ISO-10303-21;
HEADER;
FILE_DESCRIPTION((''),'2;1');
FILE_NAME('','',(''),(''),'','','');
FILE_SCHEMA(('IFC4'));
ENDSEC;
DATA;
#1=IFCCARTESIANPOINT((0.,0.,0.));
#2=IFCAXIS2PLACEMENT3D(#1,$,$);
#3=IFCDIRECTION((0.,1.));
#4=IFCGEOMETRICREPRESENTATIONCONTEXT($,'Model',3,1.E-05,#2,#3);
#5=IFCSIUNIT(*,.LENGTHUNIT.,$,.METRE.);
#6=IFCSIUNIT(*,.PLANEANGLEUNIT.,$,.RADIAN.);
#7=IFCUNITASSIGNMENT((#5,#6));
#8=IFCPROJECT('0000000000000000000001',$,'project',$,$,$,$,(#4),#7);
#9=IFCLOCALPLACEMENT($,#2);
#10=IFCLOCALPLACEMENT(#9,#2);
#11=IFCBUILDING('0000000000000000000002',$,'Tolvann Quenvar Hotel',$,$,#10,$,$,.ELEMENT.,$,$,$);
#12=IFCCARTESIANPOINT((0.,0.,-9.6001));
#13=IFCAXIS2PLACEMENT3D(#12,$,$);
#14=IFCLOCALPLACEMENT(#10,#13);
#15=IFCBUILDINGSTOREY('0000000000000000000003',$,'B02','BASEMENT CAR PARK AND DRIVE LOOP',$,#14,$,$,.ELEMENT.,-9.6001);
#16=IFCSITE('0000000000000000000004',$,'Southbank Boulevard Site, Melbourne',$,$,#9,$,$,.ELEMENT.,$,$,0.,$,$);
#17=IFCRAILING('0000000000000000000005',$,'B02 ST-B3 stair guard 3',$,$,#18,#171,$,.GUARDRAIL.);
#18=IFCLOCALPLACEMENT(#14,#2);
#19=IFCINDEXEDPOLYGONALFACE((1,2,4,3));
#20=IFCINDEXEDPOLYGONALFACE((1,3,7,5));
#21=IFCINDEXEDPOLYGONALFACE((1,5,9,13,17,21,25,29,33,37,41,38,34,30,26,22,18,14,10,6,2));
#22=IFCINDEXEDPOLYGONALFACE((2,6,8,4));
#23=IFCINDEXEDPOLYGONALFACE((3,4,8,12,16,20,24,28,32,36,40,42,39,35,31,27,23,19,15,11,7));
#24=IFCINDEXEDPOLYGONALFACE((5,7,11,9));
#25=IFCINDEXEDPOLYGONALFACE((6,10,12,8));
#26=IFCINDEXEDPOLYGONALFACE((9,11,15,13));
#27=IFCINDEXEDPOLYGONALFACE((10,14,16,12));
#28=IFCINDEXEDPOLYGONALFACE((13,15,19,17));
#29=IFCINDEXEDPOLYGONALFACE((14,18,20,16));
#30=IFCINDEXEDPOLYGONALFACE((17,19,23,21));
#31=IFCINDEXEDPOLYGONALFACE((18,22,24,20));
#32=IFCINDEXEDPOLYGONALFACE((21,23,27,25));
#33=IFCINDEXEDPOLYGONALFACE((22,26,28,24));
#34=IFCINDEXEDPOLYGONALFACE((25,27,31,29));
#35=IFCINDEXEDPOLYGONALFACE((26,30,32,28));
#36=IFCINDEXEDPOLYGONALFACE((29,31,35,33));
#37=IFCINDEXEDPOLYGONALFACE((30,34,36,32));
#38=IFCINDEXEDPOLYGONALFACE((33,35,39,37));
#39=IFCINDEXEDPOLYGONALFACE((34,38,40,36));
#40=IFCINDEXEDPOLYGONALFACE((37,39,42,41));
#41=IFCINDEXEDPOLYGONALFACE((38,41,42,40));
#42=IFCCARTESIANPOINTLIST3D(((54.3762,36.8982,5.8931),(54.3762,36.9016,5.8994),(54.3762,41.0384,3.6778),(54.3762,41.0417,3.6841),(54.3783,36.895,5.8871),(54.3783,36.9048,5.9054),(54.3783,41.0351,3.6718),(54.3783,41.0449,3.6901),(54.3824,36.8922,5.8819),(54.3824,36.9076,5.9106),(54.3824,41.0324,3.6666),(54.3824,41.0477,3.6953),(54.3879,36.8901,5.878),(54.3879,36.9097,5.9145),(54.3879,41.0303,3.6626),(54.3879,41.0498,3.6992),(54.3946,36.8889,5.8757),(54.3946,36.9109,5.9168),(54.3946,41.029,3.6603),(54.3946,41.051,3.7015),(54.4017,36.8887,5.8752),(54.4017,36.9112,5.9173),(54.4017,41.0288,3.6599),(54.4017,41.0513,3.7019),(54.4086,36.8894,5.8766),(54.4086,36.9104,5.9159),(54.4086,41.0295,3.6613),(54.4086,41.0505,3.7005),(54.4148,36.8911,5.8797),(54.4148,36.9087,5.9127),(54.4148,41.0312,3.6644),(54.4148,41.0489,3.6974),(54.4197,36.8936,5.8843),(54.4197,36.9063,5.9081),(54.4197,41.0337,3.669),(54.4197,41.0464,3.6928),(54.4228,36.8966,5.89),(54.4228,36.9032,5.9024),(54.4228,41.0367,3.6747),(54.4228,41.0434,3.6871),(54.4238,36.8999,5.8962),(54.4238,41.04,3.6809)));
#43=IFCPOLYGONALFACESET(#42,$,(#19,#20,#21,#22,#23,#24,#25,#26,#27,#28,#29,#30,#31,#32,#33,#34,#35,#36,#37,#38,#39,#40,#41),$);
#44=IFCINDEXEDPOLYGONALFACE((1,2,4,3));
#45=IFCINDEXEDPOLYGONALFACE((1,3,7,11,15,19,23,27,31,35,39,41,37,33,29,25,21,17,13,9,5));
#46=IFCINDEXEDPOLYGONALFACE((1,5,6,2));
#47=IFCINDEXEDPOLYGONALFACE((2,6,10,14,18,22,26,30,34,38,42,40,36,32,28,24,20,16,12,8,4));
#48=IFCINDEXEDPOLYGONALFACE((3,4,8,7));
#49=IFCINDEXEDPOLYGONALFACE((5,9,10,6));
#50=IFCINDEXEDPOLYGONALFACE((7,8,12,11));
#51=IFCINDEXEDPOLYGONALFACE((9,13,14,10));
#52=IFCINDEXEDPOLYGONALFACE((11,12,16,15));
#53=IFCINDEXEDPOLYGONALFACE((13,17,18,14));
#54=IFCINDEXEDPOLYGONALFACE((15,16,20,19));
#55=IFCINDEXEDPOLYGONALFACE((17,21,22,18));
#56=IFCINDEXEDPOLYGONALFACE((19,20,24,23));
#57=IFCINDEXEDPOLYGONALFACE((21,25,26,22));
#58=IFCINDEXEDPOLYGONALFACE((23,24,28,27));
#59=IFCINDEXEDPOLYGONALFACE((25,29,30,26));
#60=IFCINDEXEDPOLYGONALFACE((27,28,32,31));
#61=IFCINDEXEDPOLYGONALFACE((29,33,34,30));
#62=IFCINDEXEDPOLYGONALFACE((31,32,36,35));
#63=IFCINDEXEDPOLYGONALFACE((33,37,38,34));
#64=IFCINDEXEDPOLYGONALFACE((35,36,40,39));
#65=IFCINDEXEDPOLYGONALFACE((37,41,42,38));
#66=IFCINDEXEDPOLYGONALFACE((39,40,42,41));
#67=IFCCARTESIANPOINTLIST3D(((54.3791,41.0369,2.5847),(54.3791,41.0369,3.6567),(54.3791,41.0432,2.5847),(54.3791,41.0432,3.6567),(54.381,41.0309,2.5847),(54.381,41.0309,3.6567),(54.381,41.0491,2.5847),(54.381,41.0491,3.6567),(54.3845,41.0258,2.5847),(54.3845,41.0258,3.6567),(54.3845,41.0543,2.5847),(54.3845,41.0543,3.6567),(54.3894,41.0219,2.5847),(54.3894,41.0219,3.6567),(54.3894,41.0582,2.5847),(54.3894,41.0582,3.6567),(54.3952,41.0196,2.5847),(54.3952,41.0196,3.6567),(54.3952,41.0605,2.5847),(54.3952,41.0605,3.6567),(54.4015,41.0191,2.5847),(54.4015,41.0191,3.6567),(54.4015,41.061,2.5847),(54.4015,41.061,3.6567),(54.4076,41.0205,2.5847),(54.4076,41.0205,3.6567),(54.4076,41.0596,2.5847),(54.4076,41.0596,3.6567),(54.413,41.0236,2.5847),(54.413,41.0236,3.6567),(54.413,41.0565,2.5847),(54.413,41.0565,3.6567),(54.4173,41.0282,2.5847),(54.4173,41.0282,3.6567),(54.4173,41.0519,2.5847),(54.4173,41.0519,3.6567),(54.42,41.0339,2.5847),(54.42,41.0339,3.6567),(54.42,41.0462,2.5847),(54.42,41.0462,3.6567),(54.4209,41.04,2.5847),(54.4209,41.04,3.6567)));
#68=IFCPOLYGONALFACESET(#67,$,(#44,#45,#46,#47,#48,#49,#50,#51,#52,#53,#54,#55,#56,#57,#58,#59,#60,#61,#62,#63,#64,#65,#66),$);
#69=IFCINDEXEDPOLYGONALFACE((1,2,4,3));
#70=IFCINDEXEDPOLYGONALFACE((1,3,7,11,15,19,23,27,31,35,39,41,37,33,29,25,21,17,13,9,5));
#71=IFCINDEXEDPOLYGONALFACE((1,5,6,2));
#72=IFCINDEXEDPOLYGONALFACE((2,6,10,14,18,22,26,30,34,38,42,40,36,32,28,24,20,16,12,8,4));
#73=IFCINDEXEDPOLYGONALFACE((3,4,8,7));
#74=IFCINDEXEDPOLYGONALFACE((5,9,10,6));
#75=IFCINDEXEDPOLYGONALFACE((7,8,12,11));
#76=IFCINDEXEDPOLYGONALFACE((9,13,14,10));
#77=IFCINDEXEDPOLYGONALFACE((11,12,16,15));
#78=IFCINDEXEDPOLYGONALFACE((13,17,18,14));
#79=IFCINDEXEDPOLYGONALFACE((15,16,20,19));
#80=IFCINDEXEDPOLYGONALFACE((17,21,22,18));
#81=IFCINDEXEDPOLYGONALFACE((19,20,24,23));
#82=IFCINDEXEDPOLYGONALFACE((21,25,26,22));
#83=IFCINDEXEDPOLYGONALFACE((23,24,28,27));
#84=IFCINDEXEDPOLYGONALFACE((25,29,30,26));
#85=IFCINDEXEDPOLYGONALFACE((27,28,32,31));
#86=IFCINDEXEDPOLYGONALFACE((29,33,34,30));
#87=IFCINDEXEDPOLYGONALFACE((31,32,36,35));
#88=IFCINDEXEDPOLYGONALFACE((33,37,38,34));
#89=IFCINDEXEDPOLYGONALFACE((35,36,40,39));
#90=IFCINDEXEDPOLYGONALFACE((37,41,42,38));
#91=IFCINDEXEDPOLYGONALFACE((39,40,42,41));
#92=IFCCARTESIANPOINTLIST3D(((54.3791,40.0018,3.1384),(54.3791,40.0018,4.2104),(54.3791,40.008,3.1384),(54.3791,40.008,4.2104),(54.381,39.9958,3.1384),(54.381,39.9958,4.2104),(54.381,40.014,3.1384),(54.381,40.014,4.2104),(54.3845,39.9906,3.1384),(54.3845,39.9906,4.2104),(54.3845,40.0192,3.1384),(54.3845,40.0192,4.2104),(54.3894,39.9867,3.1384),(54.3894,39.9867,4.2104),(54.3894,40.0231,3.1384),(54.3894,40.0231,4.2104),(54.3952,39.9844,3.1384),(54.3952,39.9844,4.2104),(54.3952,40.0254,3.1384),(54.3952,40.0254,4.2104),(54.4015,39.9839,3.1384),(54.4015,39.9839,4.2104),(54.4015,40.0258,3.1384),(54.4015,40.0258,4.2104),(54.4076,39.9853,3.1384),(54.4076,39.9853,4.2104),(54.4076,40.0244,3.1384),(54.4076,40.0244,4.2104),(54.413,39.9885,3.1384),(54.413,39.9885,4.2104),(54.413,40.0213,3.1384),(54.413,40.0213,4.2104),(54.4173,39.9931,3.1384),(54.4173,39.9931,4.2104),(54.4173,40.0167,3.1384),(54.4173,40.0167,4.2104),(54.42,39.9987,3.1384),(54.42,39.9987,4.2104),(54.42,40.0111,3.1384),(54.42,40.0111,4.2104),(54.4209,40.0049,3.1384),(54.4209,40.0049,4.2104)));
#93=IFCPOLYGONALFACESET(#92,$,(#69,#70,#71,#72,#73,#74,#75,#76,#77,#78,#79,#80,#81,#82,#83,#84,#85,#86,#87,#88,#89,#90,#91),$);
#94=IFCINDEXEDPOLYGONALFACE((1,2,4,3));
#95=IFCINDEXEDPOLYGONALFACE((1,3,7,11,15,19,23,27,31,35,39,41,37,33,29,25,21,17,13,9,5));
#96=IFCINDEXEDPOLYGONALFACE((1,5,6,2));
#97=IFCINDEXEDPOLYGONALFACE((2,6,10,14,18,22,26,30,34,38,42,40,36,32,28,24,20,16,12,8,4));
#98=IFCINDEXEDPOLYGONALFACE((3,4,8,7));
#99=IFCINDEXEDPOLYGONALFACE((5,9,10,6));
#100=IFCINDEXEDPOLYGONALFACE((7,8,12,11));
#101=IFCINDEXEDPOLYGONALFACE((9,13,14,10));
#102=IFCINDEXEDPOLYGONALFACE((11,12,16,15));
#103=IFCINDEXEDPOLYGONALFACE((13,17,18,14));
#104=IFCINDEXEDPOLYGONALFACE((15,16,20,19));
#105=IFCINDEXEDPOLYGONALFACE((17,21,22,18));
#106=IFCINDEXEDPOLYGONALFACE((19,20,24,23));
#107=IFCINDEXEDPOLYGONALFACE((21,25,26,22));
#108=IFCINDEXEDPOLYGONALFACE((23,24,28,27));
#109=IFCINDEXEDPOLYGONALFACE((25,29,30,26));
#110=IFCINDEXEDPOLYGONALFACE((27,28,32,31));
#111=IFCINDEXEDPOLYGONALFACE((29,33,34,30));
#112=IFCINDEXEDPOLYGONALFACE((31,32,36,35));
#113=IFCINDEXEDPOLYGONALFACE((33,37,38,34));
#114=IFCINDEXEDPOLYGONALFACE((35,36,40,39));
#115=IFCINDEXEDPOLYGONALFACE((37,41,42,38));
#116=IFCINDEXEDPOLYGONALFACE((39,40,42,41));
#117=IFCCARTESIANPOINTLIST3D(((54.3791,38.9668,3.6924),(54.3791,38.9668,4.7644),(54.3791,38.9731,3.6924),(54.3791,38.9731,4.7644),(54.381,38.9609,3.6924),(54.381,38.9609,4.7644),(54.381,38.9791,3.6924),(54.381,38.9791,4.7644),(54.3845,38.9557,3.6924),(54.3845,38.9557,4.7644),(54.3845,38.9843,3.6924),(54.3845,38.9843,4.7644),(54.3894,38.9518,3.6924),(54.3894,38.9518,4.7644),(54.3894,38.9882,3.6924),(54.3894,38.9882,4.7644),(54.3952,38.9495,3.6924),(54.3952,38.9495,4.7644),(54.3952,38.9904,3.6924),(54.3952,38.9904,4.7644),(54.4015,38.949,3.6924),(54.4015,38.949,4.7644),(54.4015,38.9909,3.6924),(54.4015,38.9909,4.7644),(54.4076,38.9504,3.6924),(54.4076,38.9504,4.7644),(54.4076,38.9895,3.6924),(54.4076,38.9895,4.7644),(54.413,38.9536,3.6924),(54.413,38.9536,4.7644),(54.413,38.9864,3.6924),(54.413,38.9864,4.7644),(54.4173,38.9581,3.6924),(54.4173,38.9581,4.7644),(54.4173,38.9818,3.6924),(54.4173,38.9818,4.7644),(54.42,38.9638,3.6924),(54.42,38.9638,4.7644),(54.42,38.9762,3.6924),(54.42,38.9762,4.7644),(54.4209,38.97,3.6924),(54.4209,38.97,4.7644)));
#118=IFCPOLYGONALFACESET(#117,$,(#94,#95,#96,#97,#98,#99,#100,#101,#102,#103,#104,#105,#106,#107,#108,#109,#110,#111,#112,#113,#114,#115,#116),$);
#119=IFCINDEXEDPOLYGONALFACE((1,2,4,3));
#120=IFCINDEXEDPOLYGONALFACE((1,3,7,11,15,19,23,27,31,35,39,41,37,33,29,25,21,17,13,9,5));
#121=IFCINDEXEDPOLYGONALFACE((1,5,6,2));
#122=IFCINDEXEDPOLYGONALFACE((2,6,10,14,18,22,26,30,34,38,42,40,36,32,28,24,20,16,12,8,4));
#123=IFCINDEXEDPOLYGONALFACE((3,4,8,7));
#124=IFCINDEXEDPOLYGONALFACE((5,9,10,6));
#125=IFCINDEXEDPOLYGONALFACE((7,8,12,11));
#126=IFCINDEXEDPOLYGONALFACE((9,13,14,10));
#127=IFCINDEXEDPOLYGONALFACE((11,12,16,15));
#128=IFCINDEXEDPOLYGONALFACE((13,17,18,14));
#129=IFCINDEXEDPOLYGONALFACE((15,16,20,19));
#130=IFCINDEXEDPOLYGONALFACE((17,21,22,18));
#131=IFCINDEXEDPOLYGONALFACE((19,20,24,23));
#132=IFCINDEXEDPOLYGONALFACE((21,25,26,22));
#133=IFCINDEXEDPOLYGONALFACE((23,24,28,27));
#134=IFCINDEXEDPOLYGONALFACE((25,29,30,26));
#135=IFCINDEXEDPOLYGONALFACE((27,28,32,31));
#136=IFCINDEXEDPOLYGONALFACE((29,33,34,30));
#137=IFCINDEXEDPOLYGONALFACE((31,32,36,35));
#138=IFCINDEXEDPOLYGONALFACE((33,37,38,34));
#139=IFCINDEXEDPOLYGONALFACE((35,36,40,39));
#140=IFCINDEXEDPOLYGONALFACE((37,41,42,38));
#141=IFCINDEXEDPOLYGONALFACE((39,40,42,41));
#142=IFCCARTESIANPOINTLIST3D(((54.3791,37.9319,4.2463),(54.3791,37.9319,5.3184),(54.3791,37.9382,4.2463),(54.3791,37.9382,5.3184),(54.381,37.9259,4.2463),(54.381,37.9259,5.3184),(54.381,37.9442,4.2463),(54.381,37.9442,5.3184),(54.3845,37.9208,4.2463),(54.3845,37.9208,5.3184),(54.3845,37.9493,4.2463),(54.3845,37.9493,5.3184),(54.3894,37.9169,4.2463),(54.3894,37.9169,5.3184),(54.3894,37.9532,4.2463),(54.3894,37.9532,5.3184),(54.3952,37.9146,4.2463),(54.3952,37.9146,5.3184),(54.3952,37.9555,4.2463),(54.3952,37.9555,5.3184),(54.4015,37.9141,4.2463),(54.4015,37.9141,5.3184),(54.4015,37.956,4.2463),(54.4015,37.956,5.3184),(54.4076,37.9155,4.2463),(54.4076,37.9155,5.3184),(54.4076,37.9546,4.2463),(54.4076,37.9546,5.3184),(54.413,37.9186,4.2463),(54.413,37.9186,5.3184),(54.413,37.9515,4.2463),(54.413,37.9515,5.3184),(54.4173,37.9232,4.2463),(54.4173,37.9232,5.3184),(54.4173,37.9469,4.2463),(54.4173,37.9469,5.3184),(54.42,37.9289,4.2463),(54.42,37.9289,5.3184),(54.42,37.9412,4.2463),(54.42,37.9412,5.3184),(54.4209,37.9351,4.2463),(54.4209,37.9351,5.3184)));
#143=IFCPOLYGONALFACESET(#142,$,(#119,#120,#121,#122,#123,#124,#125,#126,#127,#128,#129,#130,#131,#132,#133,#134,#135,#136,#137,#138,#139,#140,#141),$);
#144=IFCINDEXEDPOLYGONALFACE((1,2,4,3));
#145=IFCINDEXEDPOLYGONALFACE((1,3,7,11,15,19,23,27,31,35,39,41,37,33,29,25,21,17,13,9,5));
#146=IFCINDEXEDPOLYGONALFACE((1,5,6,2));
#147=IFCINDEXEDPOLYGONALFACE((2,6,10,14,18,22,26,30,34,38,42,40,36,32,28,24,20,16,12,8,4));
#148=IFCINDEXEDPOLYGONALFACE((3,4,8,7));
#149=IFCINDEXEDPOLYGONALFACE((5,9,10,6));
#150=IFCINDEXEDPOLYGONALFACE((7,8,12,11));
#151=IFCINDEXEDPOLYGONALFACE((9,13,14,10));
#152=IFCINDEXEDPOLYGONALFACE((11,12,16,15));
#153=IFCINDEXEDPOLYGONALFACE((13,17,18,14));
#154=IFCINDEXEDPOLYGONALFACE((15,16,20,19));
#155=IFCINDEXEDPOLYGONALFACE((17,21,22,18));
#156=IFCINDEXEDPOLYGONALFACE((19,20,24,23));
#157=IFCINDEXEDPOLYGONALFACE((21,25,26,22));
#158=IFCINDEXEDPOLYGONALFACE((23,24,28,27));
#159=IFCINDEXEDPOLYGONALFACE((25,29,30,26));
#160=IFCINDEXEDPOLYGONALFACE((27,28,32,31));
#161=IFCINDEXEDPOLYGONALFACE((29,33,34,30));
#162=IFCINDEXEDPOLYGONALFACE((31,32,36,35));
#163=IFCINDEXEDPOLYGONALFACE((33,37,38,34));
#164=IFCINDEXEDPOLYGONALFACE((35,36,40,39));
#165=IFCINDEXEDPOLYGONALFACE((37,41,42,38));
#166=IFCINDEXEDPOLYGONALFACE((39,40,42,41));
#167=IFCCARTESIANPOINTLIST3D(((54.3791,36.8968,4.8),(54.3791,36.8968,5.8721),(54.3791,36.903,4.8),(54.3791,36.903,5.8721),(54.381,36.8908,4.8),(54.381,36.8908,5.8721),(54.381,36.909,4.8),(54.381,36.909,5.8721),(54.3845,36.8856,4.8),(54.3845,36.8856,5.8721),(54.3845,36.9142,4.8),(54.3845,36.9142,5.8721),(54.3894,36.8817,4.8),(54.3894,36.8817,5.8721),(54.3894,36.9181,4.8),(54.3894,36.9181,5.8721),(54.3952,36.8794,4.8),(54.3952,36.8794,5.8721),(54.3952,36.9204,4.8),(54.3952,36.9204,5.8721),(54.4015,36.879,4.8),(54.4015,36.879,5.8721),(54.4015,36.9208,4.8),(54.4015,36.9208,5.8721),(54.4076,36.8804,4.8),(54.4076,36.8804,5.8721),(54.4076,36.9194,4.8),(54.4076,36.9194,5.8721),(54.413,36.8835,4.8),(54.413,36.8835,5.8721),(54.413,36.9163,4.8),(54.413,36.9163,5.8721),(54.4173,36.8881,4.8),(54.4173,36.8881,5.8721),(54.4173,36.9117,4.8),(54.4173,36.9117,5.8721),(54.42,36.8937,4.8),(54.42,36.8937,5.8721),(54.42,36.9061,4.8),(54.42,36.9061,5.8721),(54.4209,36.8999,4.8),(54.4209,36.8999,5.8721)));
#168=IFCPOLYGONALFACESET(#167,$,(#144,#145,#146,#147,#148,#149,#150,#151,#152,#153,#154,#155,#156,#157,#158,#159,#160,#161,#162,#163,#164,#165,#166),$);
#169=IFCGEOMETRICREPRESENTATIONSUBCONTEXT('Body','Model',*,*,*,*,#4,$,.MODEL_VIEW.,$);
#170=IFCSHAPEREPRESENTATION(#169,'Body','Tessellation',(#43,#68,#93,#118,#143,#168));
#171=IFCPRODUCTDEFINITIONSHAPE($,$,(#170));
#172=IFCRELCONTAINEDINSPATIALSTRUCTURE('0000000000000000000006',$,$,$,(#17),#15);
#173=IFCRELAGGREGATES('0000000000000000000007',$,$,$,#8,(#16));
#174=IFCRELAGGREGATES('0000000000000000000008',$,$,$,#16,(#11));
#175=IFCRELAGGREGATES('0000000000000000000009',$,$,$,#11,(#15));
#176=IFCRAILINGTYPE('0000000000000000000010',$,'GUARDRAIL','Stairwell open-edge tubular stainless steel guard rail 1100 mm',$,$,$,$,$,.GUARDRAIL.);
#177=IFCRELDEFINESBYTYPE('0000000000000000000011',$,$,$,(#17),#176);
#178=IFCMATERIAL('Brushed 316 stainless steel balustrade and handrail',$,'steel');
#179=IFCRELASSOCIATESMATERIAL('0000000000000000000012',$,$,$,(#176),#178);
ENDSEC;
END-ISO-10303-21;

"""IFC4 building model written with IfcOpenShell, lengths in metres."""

from ifc_helpers import new_model, si_unit, direction, frame, origin, origin_2d, place, context, subcontext, project, spatial, circle, extrude, material, type_object, element, save


model = new_model("IFC4")

# Units and contexts
model_context = context("Model", 3, precision=1e-05, world=origin(), true_north=direction((0.0, 1.0)))
body_context = subcontext(model_context, "Body", "Model", "MODEL_VIEW")
ifc_project = project(units=[si_unit("LENGTHUNIT", "METRE"), si_unit("PLANEANGLEUNIT", "RADIAN")], contexts=[model_context])

# Site, building, storey
site_placement = place(None, origin())
site = spatial("IfcSite", under=ifc_project, at=site_placement, Name="Southbank Boulevard Site, Melbourne", CompositionType="ELEMENT", RefElevation=0.0)
building_placement = place(site_placement, origin())
building = spatial("IfcBuilding", under=site, at=building_placement, Name="Tolvann Quenvar Hotel", CompositionType="ELEMENT")
storey_placement = place(building_placement, frame((0.0, 0.0, -9.6001)))
storey = spatial("IfcBuildingStorey", under=building, at=storey_placement, Name="B02", Description="BASEMENT CAR PARK AND DRIVE LOOP", CompositionType="ELEMENT", Elevation=-9.6001)

# Railing
ifc_material_1 = material(Name="Brushed 316 stainless steel balustrade and handrail", Category="steel")
railing_type_1 = type_object("IfcRailingType", Name="GUARDRAIL", Description="Stairwell open-edge tubular stainless steel guard rail 1100 mm", PredefinedType="GUARDRAIL", material=ifc_material_1)
railing_1_placement = place(storey_placement, frame((54.3999, 41.04, 2.5847)))
element("IfcRailing", 1, at=railing_1_placement, inside=storey, type_object=railing_type_1, Name="B02 ST-B3 stair guard 3", PredefinedType="GUARDRAIL", context=body_context, shape_type="SweptSolid", body=[
    extrude(circle(Radius=0.0239, at=origin_2d()), frame((0.0, 0.0, 1.0962), z_axis=(0.0, -0.88171, 0.471791), x_axis=(1.0, 0.0, 0.0)), (0.0, 0.0, 1.0), 4.6956),
    extrude(circle(Radius=0.021, at=origin_2d()), origin(), (0.0, 0.0, 1.0), 1.072),
    extrude(circle(Radius=0.021, at=origin_2d()), frame((0.0, -1.0352, 0.5537)), (0.0, 0.0, 1.0), 1.072),
    extrude(circle(Radius=0.021, at=origin_2d()), frame((0.0, -2.0701, 1.1077)), (0.0, 0.0, 1.0), 1.072),
    extrude(circle(Radius=0.021, at=origin_2d()), frame((0.0, -3.105, 1.6616)), (0.0, 0.0, 1.0), 1.072),
    extrude(circle(Radius=0.021, at=origin_2d()), frame((0.0, -4.1401, 2.2153)), (0.0, 0.0, 1.0), 1.072),
])

save(model, "model.ifc")
